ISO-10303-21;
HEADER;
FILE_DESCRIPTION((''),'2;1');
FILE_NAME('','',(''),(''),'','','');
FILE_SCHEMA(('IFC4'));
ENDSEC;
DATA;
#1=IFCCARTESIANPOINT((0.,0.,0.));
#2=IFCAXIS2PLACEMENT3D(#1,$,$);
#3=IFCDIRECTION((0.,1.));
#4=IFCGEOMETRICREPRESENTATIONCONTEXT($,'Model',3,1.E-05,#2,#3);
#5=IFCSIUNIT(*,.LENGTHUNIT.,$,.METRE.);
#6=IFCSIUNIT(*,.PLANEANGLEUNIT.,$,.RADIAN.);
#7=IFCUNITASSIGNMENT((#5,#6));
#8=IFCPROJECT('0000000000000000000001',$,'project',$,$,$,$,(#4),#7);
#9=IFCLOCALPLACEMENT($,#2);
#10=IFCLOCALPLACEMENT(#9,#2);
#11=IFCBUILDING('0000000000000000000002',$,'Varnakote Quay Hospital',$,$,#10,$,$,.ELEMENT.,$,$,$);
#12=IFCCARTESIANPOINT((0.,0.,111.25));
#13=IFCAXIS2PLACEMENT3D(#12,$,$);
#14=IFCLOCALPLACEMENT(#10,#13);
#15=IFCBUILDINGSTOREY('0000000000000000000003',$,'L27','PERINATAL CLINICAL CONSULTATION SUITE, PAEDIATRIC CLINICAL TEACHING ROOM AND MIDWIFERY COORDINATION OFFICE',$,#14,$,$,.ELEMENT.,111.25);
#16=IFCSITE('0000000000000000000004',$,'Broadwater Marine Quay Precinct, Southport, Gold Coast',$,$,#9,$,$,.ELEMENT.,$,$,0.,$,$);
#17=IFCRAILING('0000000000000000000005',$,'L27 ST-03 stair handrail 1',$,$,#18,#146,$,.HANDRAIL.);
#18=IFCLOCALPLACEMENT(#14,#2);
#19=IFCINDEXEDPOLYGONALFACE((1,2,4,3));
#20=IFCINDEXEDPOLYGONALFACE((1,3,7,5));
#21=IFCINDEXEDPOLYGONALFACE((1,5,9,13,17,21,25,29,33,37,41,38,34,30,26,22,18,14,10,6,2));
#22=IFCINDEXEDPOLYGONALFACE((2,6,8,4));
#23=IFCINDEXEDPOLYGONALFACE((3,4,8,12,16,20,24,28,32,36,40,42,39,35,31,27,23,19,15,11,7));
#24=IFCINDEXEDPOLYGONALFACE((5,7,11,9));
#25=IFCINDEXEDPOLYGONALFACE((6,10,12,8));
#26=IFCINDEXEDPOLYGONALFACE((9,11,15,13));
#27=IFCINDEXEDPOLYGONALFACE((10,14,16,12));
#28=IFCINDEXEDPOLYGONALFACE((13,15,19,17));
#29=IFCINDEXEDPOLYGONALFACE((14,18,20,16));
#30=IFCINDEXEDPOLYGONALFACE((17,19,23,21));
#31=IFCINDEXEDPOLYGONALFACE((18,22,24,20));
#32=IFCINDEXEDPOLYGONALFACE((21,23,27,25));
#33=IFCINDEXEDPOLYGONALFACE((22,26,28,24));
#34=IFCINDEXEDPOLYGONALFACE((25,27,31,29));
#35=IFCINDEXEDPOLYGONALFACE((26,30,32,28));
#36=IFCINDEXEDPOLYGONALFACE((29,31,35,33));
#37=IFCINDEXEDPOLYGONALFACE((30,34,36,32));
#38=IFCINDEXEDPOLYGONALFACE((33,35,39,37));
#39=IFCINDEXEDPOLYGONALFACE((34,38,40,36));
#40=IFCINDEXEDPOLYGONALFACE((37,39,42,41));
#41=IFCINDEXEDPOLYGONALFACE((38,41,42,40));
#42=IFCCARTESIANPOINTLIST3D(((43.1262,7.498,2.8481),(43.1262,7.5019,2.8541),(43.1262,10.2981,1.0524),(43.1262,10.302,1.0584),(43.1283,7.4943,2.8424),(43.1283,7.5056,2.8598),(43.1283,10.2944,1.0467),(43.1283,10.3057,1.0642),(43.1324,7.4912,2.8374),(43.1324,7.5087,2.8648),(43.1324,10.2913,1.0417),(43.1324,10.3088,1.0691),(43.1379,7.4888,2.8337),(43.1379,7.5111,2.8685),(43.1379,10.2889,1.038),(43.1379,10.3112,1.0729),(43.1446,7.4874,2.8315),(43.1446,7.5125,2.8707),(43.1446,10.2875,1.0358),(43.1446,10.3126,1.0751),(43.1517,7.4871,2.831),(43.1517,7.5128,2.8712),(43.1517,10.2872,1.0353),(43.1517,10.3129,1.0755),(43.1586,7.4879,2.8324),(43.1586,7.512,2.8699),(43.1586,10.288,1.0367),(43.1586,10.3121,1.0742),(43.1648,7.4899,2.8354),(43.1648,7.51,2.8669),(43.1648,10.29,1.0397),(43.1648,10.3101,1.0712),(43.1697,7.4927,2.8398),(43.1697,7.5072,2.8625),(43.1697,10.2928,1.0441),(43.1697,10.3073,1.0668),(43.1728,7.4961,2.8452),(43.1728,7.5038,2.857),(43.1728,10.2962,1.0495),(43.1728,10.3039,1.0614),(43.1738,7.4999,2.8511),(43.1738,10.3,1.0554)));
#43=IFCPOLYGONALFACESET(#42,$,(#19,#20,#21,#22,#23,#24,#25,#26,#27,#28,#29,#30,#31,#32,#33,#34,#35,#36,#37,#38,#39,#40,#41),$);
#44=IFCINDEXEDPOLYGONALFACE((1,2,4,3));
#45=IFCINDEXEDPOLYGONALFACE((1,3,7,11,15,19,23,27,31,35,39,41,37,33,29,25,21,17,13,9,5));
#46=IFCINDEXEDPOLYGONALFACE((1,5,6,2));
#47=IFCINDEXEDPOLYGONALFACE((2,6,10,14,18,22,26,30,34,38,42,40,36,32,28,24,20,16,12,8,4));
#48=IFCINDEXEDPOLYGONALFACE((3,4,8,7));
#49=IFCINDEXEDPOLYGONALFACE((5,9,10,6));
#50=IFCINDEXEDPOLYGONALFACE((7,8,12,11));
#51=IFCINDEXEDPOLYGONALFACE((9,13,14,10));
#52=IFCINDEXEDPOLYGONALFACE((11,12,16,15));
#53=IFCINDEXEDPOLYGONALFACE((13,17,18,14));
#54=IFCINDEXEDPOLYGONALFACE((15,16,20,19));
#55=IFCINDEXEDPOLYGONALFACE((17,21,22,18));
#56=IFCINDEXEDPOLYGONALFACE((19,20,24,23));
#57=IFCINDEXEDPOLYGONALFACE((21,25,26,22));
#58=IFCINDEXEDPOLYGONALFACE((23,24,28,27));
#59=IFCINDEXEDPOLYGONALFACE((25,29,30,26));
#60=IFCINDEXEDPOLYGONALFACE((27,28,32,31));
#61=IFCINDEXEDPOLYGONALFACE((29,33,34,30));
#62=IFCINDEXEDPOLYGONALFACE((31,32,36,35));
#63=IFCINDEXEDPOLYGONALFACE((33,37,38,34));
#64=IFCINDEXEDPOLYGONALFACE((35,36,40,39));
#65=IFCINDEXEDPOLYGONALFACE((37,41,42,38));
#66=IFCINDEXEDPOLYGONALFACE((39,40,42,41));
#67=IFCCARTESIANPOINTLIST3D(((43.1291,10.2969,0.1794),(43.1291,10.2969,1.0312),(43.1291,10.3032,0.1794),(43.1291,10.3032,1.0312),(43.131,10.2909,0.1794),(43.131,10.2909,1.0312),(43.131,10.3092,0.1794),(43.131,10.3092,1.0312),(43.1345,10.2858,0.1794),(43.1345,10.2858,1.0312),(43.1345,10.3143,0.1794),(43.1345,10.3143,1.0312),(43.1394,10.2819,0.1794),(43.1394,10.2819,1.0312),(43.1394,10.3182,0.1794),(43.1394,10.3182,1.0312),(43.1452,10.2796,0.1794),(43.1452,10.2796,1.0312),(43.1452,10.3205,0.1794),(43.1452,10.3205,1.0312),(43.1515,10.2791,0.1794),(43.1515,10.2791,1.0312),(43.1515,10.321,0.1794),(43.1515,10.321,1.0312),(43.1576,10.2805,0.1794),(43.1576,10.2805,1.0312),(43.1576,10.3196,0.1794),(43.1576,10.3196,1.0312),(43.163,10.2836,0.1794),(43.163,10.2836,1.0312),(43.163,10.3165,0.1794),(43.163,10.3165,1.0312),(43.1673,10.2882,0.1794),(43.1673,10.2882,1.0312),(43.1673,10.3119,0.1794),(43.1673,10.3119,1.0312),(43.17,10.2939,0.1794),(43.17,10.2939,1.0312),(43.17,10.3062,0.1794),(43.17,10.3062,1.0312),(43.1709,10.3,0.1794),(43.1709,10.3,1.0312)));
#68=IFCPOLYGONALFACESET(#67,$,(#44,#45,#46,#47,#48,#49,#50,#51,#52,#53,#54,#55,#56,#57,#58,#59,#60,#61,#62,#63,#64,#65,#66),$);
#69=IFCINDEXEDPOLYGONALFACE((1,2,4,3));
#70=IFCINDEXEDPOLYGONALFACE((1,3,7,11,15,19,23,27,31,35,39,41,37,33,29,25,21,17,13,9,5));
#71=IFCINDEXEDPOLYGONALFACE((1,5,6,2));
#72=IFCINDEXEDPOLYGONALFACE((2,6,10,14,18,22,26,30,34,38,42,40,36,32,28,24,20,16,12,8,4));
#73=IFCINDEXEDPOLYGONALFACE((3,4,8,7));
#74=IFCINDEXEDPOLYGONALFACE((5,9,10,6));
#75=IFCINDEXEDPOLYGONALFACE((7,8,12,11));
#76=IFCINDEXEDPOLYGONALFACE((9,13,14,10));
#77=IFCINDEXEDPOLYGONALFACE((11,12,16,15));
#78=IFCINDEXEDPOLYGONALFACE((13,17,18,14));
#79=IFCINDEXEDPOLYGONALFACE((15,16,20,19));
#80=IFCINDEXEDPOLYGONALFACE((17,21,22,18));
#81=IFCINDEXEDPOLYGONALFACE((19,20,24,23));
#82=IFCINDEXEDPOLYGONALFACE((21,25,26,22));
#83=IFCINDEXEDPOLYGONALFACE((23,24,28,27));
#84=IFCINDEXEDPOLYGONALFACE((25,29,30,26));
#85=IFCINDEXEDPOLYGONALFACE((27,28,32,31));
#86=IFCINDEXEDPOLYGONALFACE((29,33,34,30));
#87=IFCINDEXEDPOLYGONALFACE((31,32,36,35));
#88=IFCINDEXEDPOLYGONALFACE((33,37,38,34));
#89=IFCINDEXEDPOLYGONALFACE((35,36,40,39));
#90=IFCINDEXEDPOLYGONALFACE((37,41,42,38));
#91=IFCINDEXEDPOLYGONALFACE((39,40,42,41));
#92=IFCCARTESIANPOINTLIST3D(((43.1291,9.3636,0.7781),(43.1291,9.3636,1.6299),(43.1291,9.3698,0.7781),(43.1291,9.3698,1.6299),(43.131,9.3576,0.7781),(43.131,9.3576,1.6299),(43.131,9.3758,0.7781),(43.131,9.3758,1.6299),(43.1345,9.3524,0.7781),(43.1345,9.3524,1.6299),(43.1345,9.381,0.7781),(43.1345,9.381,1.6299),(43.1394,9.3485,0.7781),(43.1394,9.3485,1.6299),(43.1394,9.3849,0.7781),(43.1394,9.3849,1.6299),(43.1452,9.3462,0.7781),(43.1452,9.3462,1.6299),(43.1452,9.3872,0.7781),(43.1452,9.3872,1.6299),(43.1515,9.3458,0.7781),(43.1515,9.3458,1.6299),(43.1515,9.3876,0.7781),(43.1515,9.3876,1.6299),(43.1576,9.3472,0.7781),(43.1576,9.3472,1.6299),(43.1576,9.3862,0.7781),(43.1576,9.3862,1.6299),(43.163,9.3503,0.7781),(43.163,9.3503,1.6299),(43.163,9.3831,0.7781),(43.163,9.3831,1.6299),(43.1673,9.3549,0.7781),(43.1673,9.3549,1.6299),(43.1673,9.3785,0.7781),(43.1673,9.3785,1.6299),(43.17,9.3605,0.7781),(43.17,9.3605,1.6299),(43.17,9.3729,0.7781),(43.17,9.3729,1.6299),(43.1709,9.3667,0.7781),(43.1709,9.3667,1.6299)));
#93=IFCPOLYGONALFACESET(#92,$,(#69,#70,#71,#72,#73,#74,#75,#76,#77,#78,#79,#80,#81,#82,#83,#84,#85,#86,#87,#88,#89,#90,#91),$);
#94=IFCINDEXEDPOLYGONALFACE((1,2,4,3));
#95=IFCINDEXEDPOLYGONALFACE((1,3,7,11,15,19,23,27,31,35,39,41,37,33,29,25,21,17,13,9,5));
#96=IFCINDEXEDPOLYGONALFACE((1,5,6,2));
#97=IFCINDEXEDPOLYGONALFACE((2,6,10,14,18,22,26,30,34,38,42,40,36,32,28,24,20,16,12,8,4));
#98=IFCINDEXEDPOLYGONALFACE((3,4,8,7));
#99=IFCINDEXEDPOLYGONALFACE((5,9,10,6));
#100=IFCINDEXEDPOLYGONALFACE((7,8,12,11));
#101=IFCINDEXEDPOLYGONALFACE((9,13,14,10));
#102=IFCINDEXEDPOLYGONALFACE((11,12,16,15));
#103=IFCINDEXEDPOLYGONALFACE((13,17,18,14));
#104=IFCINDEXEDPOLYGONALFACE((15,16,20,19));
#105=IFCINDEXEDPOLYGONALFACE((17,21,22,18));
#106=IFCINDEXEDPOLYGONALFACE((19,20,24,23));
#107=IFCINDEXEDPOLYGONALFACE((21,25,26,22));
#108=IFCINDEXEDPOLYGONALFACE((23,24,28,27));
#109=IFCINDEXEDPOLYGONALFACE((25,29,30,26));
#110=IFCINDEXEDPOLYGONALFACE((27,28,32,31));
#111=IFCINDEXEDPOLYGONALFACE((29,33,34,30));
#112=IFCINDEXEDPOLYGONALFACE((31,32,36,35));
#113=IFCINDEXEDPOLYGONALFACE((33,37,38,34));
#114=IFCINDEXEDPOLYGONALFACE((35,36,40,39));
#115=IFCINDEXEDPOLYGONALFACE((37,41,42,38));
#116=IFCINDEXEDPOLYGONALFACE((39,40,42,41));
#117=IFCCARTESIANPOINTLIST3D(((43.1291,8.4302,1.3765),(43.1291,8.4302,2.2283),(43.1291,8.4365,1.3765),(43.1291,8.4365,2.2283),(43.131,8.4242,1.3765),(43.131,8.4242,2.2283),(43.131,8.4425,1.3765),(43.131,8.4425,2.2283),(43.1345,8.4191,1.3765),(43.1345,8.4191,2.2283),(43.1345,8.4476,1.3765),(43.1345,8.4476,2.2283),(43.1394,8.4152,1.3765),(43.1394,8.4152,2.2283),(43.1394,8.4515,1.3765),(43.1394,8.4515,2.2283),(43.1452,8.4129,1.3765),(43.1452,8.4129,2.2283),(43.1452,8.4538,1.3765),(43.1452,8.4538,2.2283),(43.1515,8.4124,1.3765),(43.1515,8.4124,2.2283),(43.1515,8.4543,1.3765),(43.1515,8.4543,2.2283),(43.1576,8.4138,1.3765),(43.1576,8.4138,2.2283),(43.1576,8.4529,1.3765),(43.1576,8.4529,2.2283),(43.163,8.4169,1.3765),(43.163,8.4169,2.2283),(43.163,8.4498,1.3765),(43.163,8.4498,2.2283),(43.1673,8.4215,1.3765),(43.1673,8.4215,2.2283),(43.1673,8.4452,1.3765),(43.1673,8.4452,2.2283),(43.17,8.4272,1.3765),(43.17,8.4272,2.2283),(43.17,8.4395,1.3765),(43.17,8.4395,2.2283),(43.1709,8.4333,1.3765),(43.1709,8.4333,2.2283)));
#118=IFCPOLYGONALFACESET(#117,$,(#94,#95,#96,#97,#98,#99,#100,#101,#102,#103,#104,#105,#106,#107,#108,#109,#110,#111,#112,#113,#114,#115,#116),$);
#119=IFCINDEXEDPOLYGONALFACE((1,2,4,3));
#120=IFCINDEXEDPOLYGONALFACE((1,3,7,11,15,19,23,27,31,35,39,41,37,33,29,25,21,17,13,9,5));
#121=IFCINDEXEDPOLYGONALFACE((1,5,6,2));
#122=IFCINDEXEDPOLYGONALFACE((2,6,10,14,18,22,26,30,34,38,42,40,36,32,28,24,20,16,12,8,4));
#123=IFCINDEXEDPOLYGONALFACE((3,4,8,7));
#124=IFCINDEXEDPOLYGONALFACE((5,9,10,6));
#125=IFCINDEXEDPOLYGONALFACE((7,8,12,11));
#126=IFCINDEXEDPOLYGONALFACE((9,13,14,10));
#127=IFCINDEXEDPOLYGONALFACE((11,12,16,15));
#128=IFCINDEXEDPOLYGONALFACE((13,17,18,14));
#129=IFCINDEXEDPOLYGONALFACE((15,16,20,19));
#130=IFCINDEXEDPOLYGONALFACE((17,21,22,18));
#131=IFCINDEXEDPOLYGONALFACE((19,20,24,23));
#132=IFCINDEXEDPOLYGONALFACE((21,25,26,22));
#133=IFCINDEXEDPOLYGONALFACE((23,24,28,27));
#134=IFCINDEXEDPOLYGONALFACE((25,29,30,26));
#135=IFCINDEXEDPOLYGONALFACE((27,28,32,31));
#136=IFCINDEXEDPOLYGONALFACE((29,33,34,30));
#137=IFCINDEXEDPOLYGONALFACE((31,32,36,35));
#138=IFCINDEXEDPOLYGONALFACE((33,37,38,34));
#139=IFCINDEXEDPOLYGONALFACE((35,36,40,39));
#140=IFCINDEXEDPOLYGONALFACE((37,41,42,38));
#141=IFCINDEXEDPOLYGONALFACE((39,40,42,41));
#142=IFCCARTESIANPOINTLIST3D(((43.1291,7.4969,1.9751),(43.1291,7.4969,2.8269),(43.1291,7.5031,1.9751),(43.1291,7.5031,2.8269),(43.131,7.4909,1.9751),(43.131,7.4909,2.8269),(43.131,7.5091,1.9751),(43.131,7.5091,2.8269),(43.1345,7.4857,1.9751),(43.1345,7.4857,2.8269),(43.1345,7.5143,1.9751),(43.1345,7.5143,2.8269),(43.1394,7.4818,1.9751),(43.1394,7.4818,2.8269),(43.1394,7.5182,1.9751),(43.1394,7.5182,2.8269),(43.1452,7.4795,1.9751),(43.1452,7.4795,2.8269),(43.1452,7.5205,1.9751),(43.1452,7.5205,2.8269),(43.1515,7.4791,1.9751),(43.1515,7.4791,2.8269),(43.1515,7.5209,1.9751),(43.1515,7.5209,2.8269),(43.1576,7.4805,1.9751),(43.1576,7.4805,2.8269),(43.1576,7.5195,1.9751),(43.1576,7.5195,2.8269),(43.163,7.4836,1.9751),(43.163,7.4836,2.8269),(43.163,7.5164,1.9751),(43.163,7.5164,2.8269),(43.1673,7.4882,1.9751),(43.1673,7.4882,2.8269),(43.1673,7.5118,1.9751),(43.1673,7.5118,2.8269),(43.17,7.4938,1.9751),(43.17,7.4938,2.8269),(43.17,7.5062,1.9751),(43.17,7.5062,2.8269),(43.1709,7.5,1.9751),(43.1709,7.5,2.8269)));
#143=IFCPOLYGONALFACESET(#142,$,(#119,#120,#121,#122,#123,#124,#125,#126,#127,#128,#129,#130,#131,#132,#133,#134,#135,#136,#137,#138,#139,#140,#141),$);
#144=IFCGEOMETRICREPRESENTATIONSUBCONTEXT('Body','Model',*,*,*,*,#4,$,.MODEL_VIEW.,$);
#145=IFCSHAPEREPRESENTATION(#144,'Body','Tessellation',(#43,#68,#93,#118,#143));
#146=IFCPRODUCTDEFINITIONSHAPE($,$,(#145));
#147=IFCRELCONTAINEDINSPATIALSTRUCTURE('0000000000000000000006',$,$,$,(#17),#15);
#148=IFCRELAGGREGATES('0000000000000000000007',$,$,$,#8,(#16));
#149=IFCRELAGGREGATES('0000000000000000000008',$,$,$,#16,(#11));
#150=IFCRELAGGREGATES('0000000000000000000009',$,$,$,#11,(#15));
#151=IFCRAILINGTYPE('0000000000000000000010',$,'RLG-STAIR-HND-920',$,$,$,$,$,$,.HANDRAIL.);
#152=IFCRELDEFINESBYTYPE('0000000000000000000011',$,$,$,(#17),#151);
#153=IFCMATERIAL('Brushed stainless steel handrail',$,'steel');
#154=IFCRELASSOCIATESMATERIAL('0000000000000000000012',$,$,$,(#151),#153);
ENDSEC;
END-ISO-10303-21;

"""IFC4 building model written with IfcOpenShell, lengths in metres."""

from ifc_helpers import new_model, si_unit, direction, frame, origin, origin_2d, place, context, subcontext, project, spatial, circle, extrude, material, type_object, element, save


model = new_model("IFC4")

# Units and contexts
model_context = context("Model", 3, precision=1e-05, world=origin(), true_north=direction((0.0, 1.0)))
body_context = subcontext(model_context, "Body", "Model", "MODEL_VIEW")
ifc_project = project(units=[si_unit("LENGTHUNIT", "METRE"), si_unit("PLANEANGLEUNIT", "RADIAN")], contexts=[model_context])

# Site, building, storey
site_placement = place(None, origin())
site = spatial("IfcSite", under=ifc_project, at=site_placement, Name="Broadwater Marine Quay Precinct, Southport, Gold Coast", CompositionType="ELEMENT", RefElevation=0.0)
building_placement = place(site_placement, origin())
building = spatial("IfcBuilding", under=site, at=building_placement, Name="Varnakote Quay Hospital", CompositionType="ELEMENT")
storey_placement = place(building_placement, frame((0.0, 0.0, 111.25)))
storey = spatial("IfcBuildingStorey", under=building, at=storey_placement, Name="L27", Description="PERINATAL CLINICAL CONSULTATION SUITE, PAEDIATRIC CLINICAL TEACHING ROOM AND MIDWIFERY COORDINATION OFFICE", CompositionType="ELEMENT", Elevation=111.25)

# Railing
ifc_material_1 = material(Name="Brushed stainless steel handrail", Category="steel")
railing_type_1 = type_object("IfcRailingType", Name="RLG-STAIR-HND-920", PredefinedType="HANDRAIL", material=ifc_material_1)
railing_1_placement = place(storey_placement, frame((43.1499, 10.3, 0.1794)))
element("IfcRailing", 1, at=railing_1_placement, inside=storey, type_object=railing_type_1, Name="L27 ST-03 stair handrail 1", PredefinedType="HANDRAIL", context=body_context, shape_type="SweptSolid", body=[
    extrude(circle(Radius=0.0239, at=origin_2d()), frame((0.0, 0.0, 0.876), z_axis=(0.0, -0.841777, 0.539826), x_axis=(1.0, 0.0, 0.0)), (0.0, 0.0, 1.0), 3.3264),
    extrude(circle(Radius=0.021, at=origin_2d()), origin(), (0.0, 0.0, 1.0), 0.8518),
    extrude(circle(Radius=0.021, at=origin_2d()), frame((0.0, -0.9333, 0.5986)), (0.0, 0.0, 1.0), 0.8518),
    extrude(circle(Radius=0.021, at=origin_2d()), frame((0.0, -1.8667, 1.197)), (0.0, 0.0, 1.0), 0.8518),
    extrude(circle(Radius=0.021, at=origin_2d()), frame((0.0, -2.8, 1.7957)), (0.0, 0.0, 1.0), 0.8518),
])

save(model, "model.ifc")
